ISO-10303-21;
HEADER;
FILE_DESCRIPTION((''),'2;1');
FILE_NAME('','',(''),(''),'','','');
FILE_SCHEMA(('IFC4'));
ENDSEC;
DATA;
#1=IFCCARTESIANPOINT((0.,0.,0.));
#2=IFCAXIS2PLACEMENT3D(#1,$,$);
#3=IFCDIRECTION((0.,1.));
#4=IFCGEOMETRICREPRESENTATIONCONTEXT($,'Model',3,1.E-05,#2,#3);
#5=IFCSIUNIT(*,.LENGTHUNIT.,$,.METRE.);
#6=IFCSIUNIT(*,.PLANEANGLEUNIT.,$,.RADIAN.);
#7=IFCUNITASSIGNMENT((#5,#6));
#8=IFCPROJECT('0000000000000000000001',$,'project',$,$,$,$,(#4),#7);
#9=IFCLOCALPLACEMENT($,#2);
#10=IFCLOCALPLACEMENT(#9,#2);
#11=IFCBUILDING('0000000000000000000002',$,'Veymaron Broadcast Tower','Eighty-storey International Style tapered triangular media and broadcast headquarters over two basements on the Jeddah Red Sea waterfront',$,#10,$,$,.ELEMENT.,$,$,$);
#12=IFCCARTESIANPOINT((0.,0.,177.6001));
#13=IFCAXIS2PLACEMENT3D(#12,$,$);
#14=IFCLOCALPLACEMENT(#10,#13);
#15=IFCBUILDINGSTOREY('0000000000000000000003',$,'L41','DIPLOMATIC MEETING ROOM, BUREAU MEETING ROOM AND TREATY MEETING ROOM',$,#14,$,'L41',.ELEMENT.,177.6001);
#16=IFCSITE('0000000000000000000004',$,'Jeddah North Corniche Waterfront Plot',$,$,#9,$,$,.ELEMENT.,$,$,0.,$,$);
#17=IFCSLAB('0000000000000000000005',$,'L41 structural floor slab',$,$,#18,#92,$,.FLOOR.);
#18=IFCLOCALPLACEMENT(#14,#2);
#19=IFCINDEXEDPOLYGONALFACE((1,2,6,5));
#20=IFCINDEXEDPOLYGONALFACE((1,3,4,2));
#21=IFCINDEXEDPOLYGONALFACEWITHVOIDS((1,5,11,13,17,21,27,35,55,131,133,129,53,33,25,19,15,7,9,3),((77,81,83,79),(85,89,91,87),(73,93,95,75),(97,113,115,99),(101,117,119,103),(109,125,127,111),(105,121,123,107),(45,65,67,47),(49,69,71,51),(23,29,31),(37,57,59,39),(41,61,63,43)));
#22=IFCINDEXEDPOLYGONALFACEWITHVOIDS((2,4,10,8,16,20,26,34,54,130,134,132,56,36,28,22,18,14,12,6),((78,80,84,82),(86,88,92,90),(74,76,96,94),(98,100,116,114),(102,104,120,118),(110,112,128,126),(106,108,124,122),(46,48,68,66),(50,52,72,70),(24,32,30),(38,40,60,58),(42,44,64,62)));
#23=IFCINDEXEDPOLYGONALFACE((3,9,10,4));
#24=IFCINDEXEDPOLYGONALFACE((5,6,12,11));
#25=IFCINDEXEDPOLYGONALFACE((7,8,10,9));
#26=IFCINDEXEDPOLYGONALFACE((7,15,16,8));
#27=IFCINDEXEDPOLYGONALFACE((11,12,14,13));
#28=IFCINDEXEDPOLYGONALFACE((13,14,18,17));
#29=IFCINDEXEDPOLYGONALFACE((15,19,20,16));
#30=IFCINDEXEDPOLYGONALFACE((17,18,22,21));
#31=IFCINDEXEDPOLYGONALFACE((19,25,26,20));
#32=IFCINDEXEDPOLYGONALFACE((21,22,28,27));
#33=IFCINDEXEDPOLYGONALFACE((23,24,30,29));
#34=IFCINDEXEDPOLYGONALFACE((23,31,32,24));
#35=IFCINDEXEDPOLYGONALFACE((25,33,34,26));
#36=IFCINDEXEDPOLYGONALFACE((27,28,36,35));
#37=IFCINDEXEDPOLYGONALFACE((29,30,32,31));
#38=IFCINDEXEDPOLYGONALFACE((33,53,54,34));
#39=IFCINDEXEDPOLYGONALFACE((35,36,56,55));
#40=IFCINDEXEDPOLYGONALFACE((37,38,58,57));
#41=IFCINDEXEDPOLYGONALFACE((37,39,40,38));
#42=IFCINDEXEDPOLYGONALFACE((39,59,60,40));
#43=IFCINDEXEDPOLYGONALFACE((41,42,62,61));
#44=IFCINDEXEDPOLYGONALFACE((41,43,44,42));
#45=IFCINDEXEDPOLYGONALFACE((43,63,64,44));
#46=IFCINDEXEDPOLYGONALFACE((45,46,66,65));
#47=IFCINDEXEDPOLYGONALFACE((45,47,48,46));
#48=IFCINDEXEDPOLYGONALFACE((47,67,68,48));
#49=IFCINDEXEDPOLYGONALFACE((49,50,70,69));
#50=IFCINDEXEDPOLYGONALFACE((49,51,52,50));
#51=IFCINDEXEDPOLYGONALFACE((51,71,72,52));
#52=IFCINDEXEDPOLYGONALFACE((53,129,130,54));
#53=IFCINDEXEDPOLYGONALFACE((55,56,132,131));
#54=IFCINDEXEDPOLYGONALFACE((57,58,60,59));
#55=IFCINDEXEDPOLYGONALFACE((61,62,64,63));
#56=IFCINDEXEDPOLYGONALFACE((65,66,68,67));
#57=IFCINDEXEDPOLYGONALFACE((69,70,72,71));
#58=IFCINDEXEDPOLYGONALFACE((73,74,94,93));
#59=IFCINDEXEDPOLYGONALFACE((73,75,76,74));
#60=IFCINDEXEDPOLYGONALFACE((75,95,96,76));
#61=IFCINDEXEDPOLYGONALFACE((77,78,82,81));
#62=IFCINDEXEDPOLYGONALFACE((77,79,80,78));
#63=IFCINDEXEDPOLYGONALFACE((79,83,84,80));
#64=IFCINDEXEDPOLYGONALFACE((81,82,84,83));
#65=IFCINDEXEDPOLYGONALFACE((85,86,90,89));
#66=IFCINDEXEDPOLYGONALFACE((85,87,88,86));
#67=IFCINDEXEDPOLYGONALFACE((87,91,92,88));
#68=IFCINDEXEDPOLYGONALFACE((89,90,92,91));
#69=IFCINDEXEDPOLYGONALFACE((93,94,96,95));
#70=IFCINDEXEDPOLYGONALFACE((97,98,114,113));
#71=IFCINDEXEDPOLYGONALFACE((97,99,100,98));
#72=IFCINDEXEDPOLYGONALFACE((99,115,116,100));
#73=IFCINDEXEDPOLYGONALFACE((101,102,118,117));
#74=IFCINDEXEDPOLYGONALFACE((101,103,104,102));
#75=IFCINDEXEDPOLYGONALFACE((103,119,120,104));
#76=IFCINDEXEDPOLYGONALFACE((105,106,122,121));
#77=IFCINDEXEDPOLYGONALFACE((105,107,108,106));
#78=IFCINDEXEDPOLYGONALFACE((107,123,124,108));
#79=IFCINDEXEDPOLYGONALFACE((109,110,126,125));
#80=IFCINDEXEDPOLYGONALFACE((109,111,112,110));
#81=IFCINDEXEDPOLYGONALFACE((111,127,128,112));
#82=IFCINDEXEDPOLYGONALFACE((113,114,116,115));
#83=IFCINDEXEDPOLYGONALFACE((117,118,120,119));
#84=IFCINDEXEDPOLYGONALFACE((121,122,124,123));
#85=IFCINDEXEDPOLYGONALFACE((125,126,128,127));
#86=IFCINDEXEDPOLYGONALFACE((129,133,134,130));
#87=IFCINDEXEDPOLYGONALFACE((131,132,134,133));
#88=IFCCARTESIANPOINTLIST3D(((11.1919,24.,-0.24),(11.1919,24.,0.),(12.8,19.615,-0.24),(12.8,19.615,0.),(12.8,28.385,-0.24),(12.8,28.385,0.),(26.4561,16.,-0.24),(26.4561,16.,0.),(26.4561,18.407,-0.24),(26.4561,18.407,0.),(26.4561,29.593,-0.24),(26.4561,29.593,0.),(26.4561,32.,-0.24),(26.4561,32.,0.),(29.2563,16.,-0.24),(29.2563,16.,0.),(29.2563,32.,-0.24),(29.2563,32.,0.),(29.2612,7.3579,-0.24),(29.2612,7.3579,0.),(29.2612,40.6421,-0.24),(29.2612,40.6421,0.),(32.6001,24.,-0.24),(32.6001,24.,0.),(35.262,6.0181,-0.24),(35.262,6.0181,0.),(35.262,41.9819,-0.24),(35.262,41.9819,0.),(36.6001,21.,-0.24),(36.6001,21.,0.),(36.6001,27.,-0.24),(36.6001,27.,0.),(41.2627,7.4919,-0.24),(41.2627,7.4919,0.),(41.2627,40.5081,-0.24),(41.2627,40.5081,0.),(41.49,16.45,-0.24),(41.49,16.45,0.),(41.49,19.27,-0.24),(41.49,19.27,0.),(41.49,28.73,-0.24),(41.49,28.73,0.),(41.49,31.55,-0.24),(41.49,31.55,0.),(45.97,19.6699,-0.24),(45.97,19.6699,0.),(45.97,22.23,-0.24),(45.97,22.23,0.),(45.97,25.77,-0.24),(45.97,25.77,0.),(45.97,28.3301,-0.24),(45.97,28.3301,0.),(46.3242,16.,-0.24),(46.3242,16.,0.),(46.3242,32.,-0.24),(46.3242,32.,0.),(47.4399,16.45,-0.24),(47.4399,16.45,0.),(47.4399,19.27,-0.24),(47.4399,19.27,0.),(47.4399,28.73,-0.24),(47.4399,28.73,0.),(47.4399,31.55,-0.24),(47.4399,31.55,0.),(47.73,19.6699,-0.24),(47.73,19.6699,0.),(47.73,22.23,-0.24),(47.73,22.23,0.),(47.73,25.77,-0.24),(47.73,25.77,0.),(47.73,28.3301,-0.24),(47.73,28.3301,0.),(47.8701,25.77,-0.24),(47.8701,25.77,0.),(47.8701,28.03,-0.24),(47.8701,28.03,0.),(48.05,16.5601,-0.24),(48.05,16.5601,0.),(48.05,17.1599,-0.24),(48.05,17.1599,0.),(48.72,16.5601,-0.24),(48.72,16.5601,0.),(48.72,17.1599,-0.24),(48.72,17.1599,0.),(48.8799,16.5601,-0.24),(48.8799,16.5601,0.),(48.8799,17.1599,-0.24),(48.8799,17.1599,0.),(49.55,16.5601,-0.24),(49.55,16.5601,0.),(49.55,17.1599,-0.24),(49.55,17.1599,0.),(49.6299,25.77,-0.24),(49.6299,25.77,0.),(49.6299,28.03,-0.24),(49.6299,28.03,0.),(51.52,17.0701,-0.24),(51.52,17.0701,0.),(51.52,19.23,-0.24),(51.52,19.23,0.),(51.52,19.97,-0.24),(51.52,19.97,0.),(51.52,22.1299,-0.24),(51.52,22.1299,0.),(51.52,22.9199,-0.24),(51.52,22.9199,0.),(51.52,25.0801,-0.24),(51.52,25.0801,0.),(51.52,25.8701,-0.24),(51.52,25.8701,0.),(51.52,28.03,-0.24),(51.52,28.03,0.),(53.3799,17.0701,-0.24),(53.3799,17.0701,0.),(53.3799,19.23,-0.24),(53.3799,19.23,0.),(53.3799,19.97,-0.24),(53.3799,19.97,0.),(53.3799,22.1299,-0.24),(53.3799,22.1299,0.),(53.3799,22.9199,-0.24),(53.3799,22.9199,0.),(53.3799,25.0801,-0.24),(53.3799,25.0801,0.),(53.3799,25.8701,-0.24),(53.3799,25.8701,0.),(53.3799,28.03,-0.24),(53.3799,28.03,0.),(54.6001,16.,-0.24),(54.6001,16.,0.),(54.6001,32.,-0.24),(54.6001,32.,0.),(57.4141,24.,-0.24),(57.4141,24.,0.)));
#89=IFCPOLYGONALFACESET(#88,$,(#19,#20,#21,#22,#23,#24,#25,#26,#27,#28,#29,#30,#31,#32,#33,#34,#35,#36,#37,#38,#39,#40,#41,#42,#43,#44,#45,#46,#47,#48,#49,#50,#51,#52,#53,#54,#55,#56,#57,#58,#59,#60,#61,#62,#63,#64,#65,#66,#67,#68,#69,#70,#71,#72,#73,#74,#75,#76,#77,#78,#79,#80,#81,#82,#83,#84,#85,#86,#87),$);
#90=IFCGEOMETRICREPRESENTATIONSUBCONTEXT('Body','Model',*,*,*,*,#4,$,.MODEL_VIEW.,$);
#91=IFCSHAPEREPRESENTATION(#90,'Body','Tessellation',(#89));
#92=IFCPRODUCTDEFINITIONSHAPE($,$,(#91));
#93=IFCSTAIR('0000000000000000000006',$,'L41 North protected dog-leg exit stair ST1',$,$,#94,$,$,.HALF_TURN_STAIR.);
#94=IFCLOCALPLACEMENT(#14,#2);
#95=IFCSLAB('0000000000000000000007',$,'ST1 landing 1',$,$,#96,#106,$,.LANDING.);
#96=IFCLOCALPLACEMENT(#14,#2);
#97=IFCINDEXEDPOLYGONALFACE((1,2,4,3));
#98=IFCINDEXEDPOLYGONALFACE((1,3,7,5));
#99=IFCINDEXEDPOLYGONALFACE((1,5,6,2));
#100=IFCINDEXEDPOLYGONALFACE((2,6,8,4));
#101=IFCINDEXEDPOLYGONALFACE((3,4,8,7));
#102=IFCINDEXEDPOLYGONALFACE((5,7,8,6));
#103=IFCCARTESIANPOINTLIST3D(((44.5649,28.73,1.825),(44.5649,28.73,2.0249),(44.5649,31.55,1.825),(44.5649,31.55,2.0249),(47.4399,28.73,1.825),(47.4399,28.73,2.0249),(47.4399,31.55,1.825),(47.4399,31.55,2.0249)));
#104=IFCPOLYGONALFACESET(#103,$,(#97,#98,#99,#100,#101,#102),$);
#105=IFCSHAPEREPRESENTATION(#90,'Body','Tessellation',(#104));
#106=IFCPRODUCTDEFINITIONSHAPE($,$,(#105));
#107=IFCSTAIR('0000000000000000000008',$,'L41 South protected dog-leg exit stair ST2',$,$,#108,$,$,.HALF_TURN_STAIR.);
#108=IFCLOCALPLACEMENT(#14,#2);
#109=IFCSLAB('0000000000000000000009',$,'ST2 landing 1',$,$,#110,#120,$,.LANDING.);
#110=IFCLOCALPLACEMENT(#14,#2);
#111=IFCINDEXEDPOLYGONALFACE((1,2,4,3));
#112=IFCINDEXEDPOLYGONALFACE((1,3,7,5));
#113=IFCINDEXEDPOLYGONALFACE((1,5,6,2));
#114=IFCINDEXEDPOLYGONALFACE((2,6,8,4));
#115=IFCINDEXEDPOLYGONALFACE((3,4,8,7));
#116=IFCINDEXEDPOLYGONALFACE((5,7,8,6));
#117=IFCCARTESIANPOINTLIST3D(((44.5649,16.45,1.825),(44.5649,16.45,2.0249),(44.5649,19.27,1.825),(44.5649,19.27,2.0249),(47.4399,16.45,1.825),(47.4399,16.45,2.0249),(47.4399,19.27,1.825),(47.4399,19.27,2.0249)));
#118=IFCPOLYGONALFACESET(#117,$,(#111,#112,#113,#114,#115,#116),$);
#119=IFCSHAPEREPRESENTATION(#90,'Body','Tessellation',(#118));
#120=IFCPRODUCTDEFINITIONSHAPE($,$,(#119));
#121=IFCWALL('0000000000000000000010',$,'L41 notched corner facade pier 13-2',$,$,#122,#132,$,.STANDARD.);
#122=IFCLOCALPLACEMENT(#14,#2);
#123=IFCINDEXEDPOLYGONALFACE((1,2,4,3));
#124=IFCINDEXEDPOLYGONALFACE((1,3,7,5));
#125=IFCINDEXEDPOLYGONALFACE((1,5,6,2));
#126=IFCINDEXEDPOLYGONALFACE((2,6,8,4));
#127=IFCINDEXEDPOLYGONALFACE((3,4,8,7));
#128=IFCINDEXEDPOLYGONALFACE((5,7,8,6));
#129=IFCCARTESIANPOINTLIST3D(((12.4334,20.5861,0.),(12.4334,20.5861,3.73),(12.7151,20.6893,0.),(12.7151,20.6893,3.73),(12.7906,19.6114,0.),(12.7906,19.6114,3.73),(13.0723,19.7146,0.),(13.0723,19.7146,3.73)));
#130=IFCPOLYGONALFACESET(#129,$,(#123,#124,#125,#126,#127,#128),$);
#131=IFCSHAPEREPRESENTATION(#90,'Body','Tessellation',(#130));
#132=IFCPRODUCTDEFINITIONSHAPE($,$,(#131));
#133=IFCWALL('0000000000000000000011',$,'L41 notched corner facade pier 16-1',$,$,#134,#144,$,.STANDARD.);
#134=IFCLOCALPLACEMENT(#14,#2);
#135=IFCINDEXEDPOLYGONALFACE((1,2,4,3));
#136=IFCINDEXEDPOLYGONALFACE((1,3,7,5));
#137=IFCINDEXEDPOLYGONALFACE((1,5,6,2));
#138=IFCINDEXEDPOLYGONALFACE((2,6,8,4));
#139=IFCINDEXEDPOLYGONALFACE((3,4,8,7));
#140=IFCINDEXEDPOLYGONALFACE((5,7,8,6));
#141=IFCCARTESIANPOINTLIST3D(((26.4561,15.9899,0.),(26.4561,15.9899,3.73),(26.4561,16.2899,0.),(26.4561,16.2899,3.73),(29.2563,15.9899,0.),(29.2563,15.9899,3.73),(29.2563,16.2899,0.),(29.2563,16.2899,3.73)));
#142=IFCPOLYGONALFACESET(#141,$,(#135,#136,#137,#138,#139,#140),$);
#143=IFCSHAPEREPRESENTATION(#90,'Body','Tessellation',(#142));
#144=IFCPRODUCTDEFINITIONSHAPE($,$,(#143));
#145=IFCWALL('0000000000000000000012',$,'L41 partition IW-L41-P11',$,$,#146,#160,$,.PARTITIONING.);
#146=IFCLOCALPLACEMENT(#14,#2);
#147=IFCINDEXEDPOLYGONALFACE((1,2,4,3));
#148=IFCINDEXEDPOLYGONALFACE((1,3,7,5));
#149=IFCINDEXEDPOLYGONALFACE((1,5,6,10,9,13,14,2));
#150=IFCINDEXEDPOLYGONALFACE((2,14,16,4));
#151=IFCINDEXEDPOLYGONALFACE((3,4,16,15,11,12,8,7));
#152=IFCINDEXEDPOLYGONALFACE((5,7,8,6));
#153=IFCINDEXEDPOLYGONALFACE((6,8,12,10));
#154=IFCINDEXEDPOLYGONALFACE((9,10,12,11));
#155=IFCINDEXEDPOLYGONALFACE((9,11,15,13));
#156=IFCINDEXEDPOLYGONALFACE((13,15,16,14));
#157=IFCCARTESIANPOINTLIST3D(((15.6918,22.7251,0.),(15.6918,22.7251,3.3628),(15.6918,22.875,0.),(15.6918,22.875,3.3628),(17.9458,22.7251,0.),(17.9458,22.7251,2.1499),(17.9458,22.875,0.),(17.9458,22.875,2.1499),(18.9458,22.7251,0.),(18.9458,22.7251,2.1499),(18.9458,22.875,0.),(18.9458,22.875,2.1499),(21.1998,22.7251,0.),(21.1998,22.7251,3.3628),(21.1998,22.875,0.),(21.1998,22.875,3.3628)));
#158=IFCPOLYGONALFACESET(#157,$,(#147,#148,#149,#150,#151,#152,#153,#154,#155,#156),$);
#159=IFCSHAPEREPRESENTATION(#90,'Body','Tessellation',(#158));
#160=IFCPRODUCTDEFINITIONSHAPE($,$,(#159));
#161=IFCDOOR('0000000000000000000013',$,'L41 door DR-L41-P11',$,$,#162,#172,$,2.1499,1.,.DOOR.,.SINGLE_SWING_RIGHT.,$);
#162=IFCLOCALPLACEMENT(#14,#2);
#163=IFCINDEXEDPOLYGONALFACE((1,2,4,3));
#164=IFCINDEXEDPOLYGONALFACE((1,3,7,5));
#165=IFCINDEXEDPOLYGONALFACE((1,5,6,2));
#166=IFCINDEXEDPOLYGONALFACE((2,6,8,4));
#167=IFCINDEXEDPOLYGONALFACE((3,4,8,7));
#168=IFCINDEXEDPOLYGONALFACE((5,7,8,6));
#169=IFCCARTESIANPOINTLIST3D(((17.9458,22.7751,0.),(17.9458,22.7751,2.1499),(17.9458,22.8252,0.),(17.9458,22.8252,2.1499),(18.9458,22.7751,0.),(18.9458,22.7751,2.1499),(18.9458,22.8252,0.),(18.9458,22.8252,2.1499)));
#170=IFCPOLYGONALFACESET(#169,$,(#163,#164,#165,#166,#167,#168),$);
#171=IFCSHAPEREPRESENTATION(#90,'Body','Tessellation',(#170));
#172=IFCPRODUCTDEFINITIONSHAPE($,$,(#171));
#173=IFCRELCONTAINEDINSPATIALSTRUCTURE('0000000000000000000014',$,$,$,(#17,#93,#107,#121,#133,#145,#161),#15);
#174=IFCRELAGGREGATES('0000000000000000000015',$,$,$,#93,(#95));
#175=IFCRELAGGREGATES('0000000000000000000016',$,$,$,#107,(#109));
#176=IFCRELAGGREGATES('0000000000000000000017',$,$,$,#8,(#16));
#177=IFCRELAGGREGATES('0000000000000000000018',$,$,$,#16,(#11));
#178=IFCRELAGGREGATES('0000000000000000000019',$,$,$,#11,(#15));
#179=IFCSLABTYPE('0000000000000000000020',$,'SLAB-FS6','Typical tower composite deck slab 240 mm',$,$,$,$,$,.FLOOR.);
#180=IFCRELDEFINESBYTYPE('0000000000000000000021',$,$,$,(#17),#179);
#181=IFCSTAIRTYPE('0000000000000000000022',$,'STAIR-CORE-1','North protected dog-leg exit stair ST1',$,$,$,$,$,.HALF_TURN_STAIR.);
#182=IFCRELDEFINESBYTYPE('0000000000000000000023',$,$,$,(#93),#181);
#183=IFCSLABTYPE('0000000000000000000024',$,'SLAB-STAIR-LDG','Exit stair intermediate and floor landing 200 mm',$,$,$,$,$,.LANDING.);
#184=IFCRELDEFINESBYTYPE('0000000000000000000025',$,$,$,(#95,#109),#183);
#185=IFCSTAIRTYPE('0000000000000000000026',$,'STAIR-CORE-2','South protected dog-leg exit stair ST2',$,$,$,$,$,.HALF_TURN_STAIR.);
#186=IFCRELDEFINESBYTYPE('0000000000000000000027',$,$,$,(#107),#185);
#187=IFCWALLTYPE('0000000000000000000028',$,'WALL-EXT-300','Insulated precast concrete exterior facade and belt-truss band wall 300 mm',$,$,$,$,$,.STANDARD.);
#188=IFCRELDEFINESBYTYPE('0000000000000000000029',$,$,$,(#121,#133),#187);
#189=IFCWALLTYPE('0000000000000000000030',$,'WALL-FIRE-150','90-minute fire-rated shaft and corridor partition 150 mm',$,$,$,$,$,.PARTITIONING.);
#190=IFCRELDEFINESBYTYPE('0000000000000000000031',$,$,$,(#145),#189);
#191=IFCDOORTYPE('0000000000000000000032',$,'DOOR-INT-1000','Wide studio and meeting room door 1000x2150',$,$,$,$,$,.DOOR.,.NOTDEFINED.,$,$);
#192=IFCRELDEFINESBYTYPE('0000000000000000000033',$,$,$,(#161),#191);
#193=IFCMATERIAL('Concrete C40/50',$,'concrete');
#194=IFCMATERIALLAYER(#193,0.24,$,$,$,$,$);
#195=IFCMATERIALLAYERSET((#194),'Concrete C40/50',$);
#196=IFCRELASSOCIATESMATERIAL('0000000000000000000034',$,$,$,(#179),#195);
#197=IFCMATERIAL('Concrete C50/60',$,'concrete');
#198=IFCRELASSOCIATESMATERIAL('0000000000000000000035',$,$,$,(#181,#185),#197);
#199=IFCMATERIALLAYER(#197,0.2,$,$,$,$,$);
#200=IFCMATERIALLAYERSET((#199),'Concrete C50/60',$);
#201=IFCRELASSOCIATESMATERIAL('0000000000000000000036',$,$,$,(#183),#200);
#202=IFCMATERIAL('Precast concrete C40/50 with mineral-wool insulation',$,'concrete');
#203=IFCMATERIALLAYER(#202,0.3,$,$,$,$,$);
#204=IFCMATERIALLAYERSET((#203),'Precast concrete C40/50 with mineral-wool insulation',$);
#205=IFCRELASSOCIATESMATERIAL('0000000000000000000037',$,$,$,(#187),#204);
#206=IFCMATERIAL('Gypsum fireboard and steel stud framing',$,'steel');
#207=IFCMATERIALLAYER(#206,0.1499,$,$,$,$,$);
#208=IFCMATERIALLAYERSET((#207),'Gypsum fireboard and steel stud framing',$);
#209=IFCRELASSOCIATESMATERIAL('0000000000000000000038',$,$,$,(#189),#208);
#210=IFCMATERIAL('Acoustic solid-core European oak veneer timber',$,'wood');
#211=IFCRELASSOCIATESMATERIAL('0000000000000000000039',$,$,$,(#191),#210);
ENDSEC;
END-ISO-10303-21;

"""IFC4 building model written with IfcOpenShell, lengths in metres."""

from ifc_helpers import new_model, si_unit, direction, frame, frame_2d, origin, place, context, subcontext, project, spatial, polyline, rectangle, outline, extrude, material, layer, layer_set, type_object, element, fill, aggregate, save


model = new_model("IFC4")

# Units and contexts
model_context = context("Model", 3, precision=1e-05, world=origin(), true_north=direction((0.0, 1.0)))
body_context = subcontext(model_context, "Body", "Model", "MODEL_VIEW")
ifc_project = project(units=[si_unit("LENGTHUNIT", "METRE"), si_unit("PLANEANGLEUNIT", "RADIAN")], contexts=[model_context])

# Site, building, storey
site_placement = place(None, origin())
site = spatial("IfcSite", under=ifc_project, at=site_placement, Name="Jeddah North Corniche Waterfront Plot", CompositionType="ELEMENT", RefElevation=0.0)
building_placement = place(site_placement, origin())
building = spatial("IfcBuilding", under=site, at=building_placement, Name="Veymaron Broadcast Tower", Description="Eighty-storey International Style tapered triangular media and broadcast headquarters over two basements on the Jeddah Red Sea waterfront", CompositionType="ELEMENT")
storey_placement = place(building_placement, frame((0.0, 0.0, 177.6001)))
storey = spatial("IfcBuildingStorey", under=building, at=storey_placement, Name="L41", Description="DIPLOMATIC MEETING ROOM, BUREAU MEETING ROOM AND TREATY MEETING ROOM", LongName="L41", CompositionType="ELEMENT", Elevation=177.6001)

# Slab
ifc_material_1 = material(Name="Concrete C40/50", Category="concrete")
ifc_layer_1 = layer(ifc_material_1, 0.24)
ifc_layer_set_1 = layer_set([ifc_layer_1], Name="Concrete C40/50")
slab_type_1 = type_object("IfcSlabType", Name="SLAB-FS6", Description="Typical tower composite deck slab 240 mm", PredefinedType="FLOOR", material=ifc_layer_set_1)
slab_1_placement = place(storey_placement, frame((0.0, 0.0, -0.24)))
element("IfcSlab", 1, at=slab_1_placement, inside=storey, type_object=slab_type_1, Name="L41 structural floor slab", PredefinedType="FLOOR", context=body_context, shape_type="SweptSolid", body=[
    extrude(outline(polyline([(46.3242, 16.0), (54.6001, 16.0), (57.4141, 24.0), (54.6001, 32.0), (46.3242, 32.0), (41.2627, 40.5081), (35.262, 41.9819), (29.2612, 40.6421), (29.2563, 32.0), (26.4561, 32.0), (26.4561, 29.593), (12.8, 28.385), (11.1919, 24.0), (12.8, 19.615), (26.4561, 18.407), (26.4561, 16.0), (29.2563, 16.0), (29.2612, 7.3579), (35.262, 6.0181), (41.2627, 7.4919), (46.3242, 16.0)]), holes=[polyline([(45.97, 28.3301), (47.73, 28.3301), (47.73, 25.77), (45.97, 25.77), (45.97, 28.3301)]), polyline([(45.97, 22.23), (47.73, 22.23), (47.73, 19.6699), (45.97, 19.6699), (45.97, 22.23)]), polyline([(47.8701, 28.03), (49.6299, 28.03), (49.6299, 25.77), (47.8701, 25.77), (47.8701, 28.03)]), polyline([(51.52, 28.03), (53.3799, 28.03), (53.3799, 25.8701), (51.52, 25.8701), (51.52, 28.03)]), polyline([(51.52, 22.1299), (53.3799, 22.1299), (53.3799, 19.97), (51.52, 19.97), (51.52, 22.1299)]), polyline([(51.52, 25.0801), (53.3799, 25.0801), (53.3799, 22.9199), (51.52, 22.9199), (51.52, 25.0801)]), polyline([(51.52, 19.23), (53.3799, 19.23), (53.3799, 17.0701), (51.52, 17.0701), (51.52, 19.23)]), polyline([(48.05, 17.1599), (48.72, 17.1599), (48.72, 16.5601), (48.05, 16.5601), (48.05, 17.1599)]), polyline([(48.8799, 17.1599), (49.55, 17.1599), (49.55, 16.5601), (48.8799, 16.5601), (48.8799, 17.1599)]), polyline([(36.6001, 27.0), (36.6001, 21.0), (32.6001, 24.0), (36.6001, 27.0)]), polyline([(41.49, 31.55), (47.4399, 31.55), (47.4399, 28.73), (41.49, 28.73), (41.49, 31.55)]), polyline([(41.49, 19.27), (47.4399, 19.27), (47.4399, 16.45), (41.49, 16.45), (41.49, 19.27)])]), origin(), (0.0, 0.0, 1.0), 0.24),
])

# Stairs, slabs
ifc_material_2 = material(Name="Concrete C50/60", Category="concrete")
stair_type_1 = type_object("IfcStairType", Name="STAIR-CORE-1", Description="North protected dog-leg exit stair ST1", PredefinedType="HALF_TURN_STAIR", material=ifc_material_2)
stair_1_placement = place(storey_placement, origin())
stair_1 = element("IfcStair", 2, at=stair_1_placement, inside=storey, type_object=stair_type_1, Name="L41 North protected dog-leg exit stair ST1", PredefinedType="HALF_TURN_STAIR")
ifc_layer_2 = layer(ifc_material_2, 0.2)
ifc_layer_set_2 = layer_set([ifc_layer_2], Name="Concrete C50/60")
slab_type_2 = type_object("IfcSlabType", Name="SLAB-STAIR-LDG", Description="Exit stair intermediate and floor landing 200 mm", PredefinedType="LANDING", material=ifc_layer_set_2)
slab_2_placement = place(storey_placement, frame((0.0, 0.0, 1.825)))
slab_2 = element("IfcSlab", 3, at=slab_2_placement, type_object=slab_type_2, Name="ST1 landing 1", PredefinedType="LANDING", context=body_context, shape_type="SweptSolid", body=[
    extrude(outline(polyline([(44.5649, 28.73), (47.4399, 28.73), (47.4399, 31.55), (44.5649, 31.55), (44.5649, 28.73)])), origin(), (0.0, 0.0, 1.0), 0.2),
])
aggregate(stair_1, [slab_2])
stair_type_2 = type_object("IfcStairType", Name="STAIR-CORE-2", Description="South protected dog-leg exit stair ST2", PredefinedType="HALF_TURN_STAIR", material=ifc_material_2)
stair_2_placement = place(storey_placement, origin())
stair_2 = element("IfcStair", 4, at=stair_2_placement, inside=storey, type_object=stair_type_2, Name="L41 South protected dog-leg exit stair ST2", PredefinedType="HALF_TURN_STAIR")
slab_3_placement = place(storey_placement, frame((0.0, 0.0, 1.825)))
slab_3 = element("IfcSlab", 5, at=slab_3_placement, type_object=slab_type_2, Name="ST2 landing 1", PredefinedType="LANDING", context=body_context, shape_type="SweptSolid", body=[
    extrude(outline(polyline([(44.5649, 16.45), (47.4399, 16.45), (47.4399, 19.27), (44.5649, 19.27), (44.5649, 16.45)])), origin(), (0.0, 0.0, 1.0), 0.2),
])
aggregate(stair_2, [slab_3])

# Walls
ifc_material_3 = material(Name="Precast concrete C40/50 with mineral-wool insulation", Category="concrete")
ifc_layer_3 = layer(ifc_material_3, 0.3)
ifc_layer_set_3 = layer_set([ifc_layer_3], Name="Precast concrete C40/50 with mineral-wool insulation")
wall_type_1 = type_object("IfcWallType", Name="WALL-EXT-300", Description="Insulated precast concrete exterior facade and belt-truss band wall 300 mm", PredefinedType="STANDARD", material=ifc_layer_set_3)
wall_1_placement = place(storey_placement, frame((12.5742, 20.6377, 0.0), z_axis=(0.0, 0.0, 1.0), x_axis=(0.344103, -0.938932, 0.0)))
element("IfcWall", 6, at=wall_1_placement, inside=storey, type_object=wall_type_1, Name="L41 notched corner facade pier 13-2", PredefinedType="STANDARD", context=body_context, shape_type="SweptSolid", body=[
    extrude(rectangle(XDim=1.0381, YDim=0.3, at=frame_2d((0.519, 0.0))), origin(), (0.0, 0.0, 1.0), 3.73),
])
wall_2_placement = place(storey_placement, frame((26.4561, 16.1399, 0.0), z_axis=(0.0, 0.0, 1.0), x_axis=(1.0, 0.0, 0.0)))
element("IfcWall", 7, at=wall_2_placement, inside=storey, type_object=wall_type_1, Name="L41 notched corner facade pier 16-1", PredefinedType="STANDARD", context=body_context, shape_type="SweptSolid", body=[
    extrude(rectangle(XDim=2.8003, YDim=0.3, at=frame_2d((1.4001, 0.0))), origin(), (0.0, 0.0, 1.0), 3.73),
])

# Wall, opening, door
ifc_material_4 = material(Name="Gypsum fireboard and steel stud framing", Category="steel")
ifc_layer_4 = layer(ifc_material_4, 0.1499)
ifc_layer_set_4 = layer_set([ifc_layer_4], Name="Gypsum fireboard and steel stud framing")
wall_type_2 = type_object("IfcWallType", Name="WALL-FIRE-150", Description="90-minute fire-rated shaft and corridor partition 150 mm", PredefinedType="PARTITIONING", material=ifc_layer_set_4)
wall_3_placement = place(storey_placement, frame((15.6919, 22.8, 0.0), z_axis=(0.0, 0.0, 1.0), x_axis=(1.0, 0.0, 0.0)))
wall_3 = element("IfcWall", 8, at=wall_3_placement, inside=storey, type_object=wall_type_2, Name="L41 partition IW-L41-P11", PredefinedType="PARTITIONING", context=body_context, shape_type="SweptSolid", body=[
    extrude(rectangle(XDim=5.5081, YDim=0.1499, at=frame_2d((2.7539, 0.0))), origin(), (0.0, 0.0, 1.0), 3.3628),
])
opening_placement = place(wall_3_placement, frame((2.2539, 0.0, 0.0)))
opening = element("IfcOpeningElement", 9, at=opening_placement, cuts=wall_3, PredefinedType="OPENING", context=body_context, shape_type="SweptSolid", body=[
    extrude(rectangle(XDim=1.0, YDim=2.1499, at=frame_2d((0.5, 1.075))), frame((0.0, 0.085, 0.0), z_axis=(0.0, -1.0, 0.0), x_axis=(1.0, 0.0, 0.0)), (0.0, 0.0, 1.0), 0.1699),
])
ifc_material_5 = material(Name="Acoustic solid-core European oak veneer timber", Category="wood")
door_type = type_object("IfcDoorType", Name="DOOR-INT-1000", Description="Wide studio and meeting room door 1000x2150", OperationType="NOTDEFINED", PredefinedType="DOOR", material=ifc_material_5)
door_placement = place(opening_placement, frame((1.0, 0.0, 0.0), z_axis=(0.0, 0.0, 1.0), x_axis=(-1.0, 0.0, 0.0)))
door = element("IfcDoor", 10, at=door_placement, inside=storey, type_object=door_type, Name="L41 door DR-L41-P11", OperationType="SINGLE_SWING_RIGHT", OverallHeight=2.1499, OverallWidth=1.0, PredefinedType="DOOR", context=body_context, shape_type="SweptSolid", body=[
    extrude(rectangle(XDim=1.0, YDim=2.1499, at=frame_2d((0.5, 1.075))), frame((0.0, 0.0249, 0.0), z_axis=(0.0, -1.0, 0.0), x_axis=(1.0, 0.0, 0.0)), (0.0, 0.0, 1.0), 0.05),
])
fill(opening, door)

save(model, "model.ifc")
